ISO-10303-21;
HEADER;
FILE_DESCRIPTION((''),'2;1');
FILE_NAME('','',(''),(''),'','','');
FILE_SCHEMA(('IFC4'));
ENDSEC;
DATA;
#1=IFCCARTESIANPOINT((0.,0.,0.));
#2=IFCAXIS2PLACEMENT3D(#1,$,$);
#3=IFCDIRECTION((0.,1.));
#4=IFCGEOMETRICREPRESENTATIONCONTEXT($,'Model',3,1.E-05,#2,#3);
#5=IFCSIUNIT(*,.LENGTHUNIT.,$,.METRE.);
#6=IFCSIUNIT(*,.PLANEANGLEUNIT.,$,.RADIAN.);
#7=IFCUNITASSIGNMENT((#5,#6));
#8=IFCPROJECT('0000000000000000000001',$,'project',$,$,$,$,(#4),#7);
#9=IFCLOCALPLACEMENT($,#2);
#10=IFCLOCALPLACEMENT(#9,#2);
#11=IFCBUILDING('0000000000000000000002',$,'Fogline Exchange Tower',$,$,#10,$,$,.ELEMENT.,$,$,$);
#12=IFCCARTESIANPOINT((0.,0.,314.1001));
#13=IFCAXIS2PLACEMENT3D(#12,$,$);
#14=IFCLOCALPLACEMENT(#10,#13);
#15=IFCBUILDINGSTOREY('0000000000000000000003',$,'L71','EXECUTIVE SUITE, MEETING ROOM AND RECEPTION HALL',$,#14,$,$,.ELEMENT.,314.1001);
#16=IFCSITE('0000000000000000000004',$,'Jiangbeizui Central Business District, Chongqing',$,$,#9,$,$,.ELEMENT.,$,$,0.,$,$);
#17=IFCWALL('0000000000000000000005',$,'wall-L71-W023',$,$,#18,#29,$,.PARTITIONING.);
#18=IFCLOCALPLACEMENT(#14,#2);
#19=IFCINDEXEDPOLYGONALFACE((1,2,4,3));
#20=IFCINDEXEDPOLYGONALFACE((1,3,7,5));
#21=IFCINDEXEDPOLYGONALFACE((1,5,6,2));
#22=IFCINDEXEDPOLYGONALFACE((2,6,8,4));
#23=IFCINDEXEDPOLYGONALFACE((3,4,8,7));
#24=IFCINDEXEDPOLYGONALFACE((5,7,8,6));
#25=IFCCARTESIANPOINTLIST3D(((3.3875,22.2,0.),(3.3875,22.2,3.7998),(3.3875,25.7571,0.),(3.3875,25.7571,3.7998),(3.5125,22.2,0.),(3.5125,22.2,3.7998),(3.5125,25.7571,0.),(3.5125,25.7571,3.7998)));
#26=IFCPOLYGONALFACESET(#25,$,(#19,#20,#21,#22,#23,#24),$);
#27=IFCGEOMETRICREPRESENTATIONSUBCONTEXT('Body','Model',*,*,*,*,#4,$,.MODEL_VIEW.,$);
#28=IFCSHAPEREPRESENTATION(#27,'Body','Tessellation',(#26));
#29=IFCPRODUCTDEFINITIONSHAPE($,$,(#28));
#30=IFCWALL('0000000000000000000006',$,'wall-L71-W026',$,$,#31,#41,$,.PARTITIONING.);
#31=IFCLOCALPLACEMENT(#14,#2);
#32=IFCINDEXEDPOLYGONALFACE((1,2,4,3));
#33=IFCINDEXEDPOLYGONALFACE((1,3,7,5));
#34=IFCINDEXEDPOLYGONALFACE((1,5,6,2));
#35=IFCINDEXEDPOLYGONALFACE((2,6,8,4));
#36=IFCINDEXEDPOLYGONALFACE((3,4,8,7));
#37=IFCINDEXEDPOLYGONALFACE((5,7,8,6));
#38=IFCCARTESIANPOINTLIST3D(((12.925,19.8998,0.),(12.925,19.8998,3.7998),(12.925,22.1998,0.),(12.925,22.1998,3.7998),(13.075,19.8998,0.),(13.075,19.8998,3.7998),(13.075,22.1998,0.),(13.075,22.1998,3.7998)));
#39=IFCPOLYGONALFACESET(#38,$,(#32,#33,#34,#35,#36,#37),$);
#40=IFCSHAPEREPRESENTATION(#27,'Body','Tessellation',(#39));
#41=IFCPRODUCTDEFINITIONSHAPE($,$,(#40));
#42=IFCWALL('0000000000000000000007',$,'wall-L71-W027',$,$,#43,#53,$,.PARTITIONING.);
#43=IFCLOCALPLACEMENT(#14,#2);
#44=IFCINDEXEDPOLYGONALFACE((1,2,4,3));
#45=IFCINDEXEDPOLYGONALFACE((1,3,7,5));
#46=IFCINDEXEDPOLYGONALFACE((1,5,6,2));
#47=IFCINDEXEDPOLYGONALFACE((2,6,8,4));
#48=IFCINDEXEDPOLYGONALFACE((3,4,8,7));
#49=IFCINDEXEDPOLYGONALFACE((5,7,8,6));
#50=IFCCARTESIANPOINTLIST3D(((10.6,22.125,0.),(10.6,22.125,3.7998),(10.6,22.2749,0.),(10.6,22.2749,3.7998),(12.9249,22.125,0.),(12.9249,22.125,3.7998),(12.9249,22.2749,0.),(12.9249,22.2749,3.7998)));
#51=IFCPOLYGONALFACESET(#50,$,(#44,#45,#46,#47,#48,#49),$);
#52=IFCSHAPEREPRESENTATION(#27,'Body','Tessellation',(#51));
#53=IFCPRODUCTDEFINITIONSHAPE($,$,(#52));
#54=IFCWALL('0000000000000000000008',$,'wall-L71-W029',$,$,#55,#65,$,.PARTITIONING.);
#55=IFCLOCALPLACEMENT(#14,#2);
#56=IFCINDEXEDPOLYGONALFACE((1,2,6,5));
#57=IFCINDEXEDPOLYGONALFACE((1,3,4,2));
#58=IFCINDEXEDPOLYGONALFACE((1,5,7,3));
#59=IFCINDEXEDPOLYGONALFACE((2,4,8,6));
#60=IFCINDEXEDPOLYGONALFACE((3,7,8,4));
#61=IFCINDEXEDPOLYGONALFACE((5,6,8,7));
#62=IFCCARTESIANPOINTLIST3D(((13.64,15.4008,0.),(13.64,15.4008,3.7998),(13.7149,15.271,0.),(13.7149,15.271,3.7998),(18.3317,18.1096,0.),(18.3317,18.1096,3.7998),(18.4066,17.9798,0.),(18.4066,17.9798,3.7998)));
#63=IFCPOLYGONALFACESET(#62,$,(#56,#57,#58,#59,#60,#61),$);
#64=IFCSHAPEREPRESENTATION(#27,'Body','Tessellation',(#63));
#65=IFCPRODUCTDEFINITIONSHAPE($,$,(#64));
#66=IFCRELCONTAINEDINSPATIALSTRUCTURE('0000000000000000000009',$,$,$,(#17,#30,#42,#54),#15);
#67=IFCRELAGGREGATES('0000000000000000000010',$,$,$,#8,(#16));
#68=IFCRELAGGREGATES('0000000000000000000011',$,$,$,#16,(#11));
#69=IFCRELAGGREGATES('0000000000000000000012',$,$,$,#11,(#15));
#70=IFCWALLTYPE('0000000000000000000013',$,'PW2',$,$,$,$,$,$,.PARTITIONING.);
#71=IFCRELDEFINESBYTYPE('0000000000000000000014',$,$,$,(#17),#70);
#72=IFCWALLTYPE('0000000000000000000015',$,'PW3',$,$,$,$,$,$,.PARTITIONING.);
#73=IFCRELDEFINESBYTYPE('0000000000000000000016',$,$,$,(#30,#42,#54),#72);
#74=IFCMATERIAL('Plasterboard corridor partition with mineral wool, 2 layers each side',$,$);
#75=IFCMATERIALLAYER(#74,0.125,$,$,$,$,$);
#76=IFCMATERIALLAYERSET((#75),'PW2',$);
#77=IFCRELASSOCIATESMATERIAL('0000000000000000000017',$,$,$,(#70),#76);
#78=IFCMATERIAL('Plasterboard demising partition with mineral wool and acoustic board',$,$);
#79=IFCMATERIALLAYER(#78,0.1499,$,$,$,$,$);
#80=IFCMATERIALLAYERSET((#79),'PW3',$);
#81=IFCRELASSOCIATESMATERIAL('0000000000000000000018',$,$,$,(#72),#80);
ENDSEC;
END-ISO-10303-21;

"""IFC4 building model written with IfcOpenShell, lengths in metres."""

from ifc_helpers import new_model, si_unit, direction, frame, frame_2d, origin, place, context, subcontext, project, spatial, rectangle, extrude, material, layer, layer_set, type_object, element, save


model = new_model("IFC4")

# Units and contexts
model_context = context("Model", 3, precision=1e-05, world=origin(), true_north=direction((0.0, 1.0)))
body_context = subcontext(model_context, "Body", "Model", "MODEL_VIEW")
ifc_project = project(units=[si_unit("LENGTHUNIT", "METRE"), si_unit("PLANEANGLEUNIT", "RADIAN")], contexts=[model_context])

# Site, building, storey
site_placement = place(None, origin())
site = spatial("IfcSite", under=ifc_project, at=site_placement, Name="Jiangbeizui Central Business District, Chongqing", CompositionType="ELEMENT", RefElevation=0.0)
building_placement = place(site_placement, origin())
building = spatial("IfcBuilding", under=site, at=building_placement, Name="Fogline Exchange Tower", CompositionType="ELEMENT")
storey_placement = place(building_placement, frame((0.0, 0.0, 314.1001)))
storey = spatial("IfcBuildingStorey", under=building, at=storey_placement, Name="L71", Description="EXECUTIVE SUITE, MEETING ROOM AND RECEPTION HALL", CompositionType="ELEMENT", Elevation=314.1001)

# Shared definitions
ifc_material_1 = material(Name="Plasterboard corridor partition with mineral wool, 2 layers each side")
ifc_layer_1 = layer(ifc_material_1, 0.125)
ifc_layer_set_1 = layer_set([ifc_layer_1], Name="PW2")
wall_type_1 = type_object("IfcWallType", Name="PW2", PredefinedType="PARTITIONING", material=ifc_layer_set_1)

# Walls
wall_1_placement = place(storey_placement, frame((3.45, 22.2, 0.0), z_axis=(0.0, 0.0, 1.0), x_axis=(0.0, 1.0, 0.0)))
element("IfcWall", 1, at=wall_1_placement, inside=storey, type_object=wall_type_1, Name="wall-L71-W023", PredefinedType="PARTITIONING", context=body_context, shape_type="SweptSolid", body=[
    extrude(rectangle(XDim=3.5571, YDim=0.125, at=frame_2d((1.7786, 0.0))), origin(), (0.0, 0.0, 1.0), 3.7998),
])
ifc_material_2 = material(Name="Plasterboard demising partition with mineral wool and acoustic board")
ifc_layer_2 = layer(ifc_material_2, 0.1499)
ifc_layer_set_2 = layer_set([ifc_layer_2], Name="PW3")
wall_type_2 = type_object("IfcWallType", Name="PW3", PredefinedType="PARTITIONING", material=ifc_layer_set_2)
wall_2_placement = place(storey_placement, frame((13.0, 19.8999, 0.0), z_axis=(0.0, 0.0, 1.0), x_axis=(0.0, 1.0, 0.0)))
element("IfcWall", 2, at=wall_2_placement, inside=storey, type_object=wall_type_2, Name="wall-L71-W026", PredefinedType="PARTITIONING", context=body_context, shape_type="SweptSolid", body=[
    extrude(rectangle(XDim=2.3, YDim=0.1499, at=frame_2d((1.1499, 0.0))), origin(), (0.0, 0.0, 1.0), 3.7998),
])
wall_3_placement = place(storey_placement, frame((12.925, 22.2, 0.0), z_axis=(0.0, 0.0, 1.0), x_axis=(-1.0, 0.0, 0.0)))
element("IfcWall", 3, at=wall_3_placement, inside=storey, type_object=wall_type_2, Name="wall-L71-W027", PredefinedType="PARTITIONING", context=body_context, shape_type="SweptSolid", body=[
    extrude(rectangle(XDim=2.325, YDim=0.1499, at=frame_2d((1.1626, 0.0))), origin(), (0.0, 0.0, 1.0), 3.7998),
])
wall_4_placement = place(storey_placement, frame((18.3691, 18.0447, 0.0), z_axis=(0.0, 0.0, 1.0), x_axis=(-0.866024, -0.500002, 0.0)))
element("IfcWall", 4, at=wall_4_placement, inside=storey, type_object=wall_type_2, Name="wall-L71-W029", PredefinedType="PARTITIONING", context=body_context, shape_type="SweptSolid", body=[
    extrude(rectangle(XDim=5.4175, YDim=0.1499, at=frame_2d((2.7087, 0.0))), origin(), (0.0, 0.0, 1.0), 3.7998),
])

save(model, "model.ifc")
